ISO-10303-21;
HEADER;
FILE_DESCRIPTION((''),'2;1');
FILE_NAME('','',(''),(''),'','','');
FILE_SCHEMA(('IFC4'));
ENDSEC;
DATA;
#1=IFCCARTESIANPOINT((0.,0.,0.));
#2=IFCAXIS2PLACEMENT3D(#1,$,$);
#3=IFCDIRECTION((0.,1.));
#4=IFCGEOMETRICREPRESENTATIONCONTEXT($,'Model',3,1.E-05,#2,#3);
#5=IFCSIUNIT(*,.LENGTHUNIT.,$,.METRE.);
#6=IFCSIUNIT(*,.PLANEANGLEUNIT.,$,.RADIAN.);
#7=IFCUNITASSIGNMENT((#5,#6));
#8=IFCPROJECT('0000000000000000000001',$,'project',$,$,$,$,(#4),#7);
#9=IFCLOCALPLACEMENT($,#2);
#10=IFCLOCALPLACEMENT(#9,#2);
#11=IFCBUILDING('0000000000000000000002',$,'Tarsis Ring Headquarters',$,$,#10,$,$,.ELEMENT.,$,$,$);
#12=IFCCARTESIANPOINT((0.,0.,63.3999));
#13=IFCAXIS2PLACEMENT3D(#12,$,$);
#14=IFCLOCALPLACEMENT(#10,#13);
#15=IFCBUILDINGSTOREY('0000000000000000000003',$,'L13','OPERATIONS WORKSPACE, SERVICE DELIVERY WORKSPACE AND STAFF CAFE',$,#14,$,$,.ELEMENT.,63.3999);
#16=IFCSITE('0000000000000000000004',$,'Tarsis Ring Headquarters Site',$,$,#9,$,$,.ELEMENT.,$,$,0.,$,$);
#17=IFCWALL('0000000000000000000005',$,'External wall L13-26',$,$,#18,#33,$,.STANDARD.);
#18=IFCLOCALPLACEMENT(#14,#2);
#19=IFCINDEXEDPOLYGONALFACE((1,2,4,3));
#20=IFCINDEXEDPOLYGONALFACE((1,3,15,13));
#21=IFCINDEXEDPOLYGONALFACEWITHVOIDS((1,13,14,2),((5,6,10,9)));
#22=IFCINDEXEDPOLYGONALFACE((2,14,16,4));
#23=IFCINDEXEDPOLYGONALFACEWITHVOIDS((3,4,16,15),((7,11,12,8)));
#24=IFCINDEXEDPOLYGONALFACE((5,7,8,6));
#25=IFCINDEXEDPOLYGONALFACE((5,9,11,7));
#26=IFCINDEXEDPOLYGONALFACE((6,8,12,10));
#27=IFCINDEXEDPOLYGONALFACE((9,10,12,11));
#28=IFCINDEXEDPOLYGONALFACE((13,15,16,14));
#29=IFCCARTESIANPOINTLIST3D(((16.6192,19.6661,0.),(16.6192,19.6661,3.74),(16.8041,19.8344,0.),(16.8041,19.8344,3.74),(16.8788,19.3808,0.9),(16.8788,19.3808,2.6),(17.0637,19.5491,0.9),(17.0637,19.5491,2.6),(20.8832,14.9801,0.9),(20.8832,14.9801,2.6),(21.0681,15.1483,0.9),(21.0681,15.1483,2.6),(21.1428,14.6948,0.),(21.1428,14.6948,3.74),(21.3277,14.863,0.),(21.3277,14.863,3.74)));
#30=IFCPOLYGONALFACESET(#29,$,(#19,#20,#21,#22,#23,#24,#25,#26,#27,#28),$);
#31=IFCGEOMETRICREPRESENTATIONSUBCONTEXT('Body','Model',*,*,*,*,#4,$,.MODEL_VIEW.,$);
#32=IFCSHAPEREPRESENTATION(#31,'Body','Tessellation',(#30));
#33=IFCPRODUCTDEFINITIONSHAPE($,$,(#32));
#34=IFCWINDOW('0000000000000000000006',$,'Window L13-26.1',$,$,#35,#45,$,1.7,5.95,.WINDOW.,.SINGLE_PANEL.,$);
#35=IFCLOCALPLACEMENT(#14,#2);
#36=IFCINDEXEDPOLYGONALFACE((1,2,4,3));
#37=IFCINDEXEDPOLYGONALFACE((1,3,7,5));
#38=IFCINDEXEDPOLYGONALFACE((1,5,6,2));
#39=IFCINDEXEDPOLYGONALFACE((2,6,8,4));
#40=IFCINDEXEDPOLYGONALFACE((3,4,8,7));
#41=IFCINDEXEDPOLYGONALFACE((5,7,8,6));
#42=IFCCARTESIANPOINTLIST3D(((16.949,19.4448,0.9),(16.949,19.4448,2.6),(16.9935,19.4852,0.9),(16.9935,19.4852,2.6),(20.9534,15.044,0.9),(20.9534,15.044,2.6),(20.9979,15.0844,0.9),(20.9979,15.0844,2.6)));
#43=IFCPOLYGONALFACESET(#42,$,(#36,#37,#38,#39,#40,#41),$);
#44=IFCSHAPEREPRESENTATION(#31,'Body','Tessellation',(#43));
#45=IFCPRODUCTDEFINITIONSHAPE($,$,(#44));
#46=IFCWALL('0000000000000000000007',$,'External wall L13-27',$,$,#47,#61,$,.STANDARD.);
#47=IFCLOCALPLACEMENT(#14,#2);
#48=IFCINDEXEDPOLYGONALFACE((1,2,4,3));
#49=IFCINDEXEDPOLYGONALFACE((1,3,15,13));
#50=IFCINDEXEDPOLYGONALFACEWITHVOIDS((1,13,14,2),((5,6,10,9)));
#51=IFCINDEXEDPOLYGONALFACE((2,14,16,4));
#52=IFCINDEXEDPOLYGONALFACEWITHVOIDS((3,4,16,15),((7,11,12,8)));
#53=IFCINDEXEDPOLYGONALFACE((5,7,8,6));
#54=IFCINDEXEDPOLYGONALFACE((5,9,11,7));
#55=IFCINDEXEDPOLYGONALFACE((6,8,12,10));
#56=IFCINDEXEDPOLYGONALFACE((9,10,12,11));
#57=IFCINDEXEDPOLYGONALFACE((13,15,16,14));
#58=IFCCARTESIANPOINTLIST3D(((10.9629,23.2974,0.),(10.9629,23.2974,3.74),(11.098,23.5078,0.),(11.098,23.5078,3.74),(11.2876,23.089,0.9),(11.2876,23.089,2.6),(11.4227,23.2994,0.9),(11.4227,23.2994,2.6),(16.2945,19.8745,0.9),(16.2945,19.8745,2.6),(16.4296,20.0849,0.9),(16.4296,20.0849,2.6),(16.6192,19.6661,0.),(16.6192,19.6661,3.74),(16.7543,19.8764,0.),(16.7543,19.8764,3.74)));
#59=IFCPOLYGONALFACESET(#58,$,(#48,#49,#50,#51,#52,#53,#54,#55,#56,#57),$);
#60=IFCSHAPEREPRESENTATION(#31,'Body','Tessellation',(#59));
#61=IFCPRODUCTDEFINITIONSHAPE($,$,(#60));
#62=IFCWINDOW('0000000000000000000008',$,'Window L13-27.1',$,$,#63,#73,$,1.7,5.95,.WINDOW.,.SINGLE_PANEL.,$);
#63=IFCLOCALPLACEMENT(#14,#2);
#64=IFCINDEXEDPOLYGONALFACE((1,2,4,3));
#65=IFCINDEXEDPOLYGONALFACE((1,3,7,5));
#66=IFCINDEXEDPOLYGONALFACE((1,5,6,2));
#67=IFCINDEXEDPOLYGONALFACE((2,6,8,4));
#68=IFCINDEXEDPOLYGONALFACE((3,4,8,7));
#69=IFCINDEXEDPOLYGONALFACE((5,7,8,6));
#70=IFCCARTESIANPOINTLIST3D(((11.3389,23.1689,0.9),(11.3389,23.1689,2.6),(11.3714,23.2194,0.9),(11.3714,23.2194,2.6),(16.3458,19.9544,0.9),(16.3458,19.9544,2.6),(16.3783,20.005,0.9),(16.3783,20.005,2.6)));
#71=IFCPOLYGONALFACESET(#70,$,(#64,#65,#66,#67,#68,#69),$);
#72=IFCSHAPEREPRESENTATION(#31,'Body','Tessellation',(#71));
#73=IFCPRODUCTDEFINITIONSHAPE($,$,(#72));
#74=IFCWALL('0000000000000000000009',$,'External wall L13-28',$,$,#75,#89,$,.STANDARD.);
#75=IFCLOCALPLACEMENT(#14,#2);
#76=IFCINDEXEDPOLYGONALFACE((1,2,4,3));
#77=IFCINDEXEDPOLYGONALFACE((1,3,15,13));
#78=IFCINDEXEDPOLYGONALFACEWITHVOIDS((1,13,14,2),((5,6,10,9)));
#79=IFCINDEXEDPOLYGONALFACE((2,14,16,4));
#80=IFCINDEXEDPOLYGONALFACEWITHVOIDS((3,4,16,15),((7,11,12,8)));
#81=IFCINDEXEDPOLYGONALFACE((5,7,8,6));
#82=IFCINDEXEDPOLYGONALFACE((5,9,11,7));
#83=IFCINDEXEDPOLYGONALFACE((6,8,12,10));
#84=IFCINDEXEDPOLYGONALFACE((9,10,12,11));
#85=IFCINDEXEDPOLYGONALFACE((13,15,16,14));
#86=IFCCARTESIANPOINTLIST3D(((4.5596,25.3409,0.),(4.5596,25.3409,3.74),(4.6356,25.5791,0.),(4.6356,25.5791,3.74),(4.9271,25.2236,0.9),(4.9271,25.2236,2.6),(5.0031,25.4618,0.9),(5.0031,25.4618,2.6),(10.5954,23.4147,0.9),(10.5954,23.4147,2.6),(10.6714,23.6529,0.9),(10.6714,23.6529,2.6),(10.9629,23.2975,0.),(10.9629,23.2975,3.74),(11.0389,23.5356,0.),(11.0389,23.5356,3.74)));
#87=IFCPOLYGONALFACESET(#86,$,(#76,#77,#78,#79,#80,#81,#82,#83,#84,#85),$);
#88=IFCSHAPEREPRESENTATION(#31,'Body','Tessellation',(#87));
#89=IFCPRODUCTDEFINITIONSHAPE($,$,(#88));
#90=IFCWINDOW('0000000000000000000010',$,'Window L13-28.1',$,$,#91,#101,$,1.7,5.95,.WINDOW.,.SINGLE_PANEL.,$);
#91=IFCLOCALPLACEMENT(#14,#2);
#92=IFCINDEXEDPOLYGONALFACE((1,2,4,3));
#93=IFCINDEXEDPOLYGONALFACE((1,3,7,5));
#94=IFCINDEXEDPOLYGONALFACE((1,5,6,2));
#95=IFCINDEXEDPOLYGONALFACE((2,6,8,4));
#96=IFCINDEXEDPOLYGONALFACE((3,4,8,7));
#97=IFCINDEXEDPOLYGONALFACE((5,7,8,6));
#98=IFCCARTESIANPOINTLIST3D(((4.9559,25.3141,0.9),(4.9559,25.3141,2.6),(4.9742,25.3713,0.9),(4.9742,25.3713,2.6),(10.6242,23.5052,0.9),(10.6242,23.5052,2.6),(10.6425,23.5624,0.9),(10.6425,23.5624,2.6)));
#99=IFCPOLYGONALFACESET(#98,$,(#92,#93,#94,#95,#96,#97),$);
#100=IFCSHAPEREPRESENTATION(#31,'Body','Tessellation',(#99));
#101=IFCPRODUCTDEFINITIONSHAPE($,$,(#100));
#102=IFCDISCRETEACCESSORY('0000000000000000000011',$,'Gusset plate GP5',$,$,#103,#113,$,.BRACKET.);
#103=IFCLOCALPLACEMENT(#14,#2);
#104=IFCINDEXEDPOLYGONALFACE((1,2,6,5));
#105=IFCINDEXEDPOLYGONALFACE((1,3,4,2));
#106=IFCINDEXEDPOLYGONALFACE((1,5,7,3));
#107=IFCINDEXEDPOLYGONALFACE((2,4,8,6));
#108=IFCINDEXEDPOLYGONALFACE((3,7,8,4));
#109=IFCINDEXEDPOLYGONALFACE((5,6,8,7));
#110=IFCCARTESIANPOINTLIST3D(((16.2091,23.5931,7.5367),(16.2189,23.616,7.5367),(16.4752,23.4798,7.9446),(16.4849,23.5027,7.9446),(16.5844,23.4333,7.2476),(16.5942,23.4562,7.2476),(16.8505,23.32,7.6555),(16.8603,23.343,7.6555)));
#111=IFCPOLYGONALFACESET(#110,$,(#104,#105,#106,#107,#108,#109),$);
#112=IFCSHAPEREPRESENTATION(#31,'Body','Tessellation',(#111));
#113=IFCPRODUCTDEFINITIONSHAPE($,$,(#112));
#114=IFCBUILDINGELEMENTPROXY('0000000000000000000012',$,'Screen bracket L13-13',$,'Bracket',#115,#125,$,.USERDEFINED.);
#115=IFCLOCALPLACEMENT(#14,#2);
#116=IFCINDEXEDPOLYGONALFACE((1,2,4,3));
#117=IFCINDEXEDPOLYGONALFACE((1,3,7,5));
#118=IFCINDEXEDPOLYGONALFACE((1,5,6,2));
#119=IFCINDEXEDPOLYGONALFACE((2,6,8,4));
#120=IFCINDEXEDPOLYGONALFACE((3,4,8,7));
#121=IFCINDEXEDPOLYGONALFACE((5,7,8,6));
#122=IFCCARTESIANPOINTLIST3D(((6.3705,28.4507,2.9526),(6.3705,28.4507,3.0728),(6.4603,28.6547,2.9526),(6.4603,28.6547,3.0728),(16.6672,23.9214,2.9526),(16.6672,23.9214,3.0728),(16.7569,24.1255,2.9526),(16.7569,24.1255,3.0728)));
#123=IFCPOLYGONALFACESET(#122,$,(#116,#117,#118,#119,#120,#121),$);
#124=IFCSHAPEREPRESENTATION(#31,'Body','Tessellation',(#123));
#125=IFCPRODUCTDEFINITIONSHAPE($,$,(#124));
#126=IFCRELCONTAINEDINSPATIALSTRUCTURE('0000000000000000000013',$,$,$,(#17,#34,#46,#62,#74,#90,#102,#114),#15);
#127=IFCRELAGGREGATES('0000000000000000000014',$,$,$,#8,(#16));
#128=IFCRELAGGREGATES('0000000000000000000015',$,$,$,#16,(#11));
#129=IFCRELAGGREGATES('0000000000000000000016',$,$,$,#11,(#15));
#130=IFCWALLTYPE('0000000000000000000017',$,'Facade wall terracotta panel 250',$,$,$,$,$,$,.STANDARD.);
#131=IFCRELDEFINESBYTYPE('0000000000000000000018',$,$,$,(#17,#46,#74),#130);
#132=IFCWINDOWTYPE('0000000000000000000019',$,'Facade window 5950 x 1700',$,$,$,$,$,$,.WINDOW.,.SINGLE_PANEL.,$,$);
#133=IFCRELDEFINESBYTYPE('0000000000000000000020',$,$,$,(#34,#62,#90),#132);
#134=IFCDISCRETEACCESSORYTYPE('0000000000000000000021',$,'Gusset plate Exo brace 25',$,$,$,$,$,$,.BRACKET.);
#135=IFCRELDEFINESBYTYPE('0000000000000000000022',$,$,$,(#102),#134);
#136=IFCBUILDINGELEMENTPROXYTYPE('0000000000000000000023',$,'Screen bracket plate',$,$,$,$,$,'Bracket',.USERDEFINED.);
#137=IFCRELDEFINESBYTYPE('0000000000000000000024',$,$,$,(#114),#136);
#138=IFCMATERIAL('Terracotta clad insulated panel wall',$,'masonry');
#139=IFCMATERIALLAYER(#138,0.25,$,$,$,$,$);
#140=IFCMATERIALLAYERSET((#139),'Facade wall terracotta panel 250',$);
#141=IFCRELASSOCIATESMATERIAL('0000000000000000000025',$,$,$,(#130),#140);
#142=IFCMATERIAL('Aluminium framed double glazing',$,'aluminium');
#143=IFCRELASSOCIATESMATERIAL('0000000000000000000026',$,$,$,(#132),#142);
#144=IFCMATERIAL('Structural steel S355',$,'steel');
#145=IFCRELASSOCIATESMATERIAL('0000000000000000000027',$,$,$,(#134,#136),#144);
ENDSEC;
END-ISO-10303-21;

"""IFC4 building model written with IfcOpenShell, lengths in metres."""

from ifc_helpers import new_model, si_unit, direction, frame, frame_2d, origin, origin_2d, place, context, subcontext, project, spatial, rectangle, extrude, material, layer, layer_set, material_profile, profile_set, type_object, element, fill, save


model = new_model("IFC4")

# Units and contexts
model_context = context("Model", 3, precision=1e-05, world=origin(), true_north=direction((0.0, 1.0)))
body_context = subcontext(model_context, "Body", "Model", "MODEL_VIEW")
ifc_project = project(units=[si_unit("LENGTHUNIT", "METRE"), si_unit("PLANEANGLEUNIT", "RADIAN")], contexts=[model_context])

# Site, building, storey
site_placement = place(None, origin())
site = spatial("IfcSite", under=ifc_project, at=site_placement, Name="Tarsis Ring Headquarters Site", CompositionType="ELEMENT", RefElevation=0.0)
building_placement = place(site_placement, origin())
building = spatial("IfcBuilding", under=site, at=building_placement, Name="Tarsis Ring Headquarters", CompositionType="ELEMENT")
storey_placement = place(building_placement, frame((0.0, 0.0, 63.3999)))
storey = spatial("IfcBuildingStorey", under=building, at=storey_placement, Name="L13", Description="OPERATIONS WORKSPACE, SERVICE DELIVERY WORKSPACE AND STAFF CAFE", CompositionType="ELEMENT", Elevation=63.3999)

# Shared definitions
ifc_material_1 = material(Name="Structural steel S355", Category="steel")

# Walls, openings, windows
ifc_material_2 = material(Name="Terracotta clad insulated panel wall", Category="masonry")
ifc_layer_1 = layer(ifc_material_2, 0.25)
ifc_layer_set_1 = layer_set([ifc_layer_1], Name="Facade wall terracotta panel 250")
wall_type_1 = type_object("IfcWallType", Name="Facade wall terracotta panel 250", PredefinedType="STANDARD", material=ifc_layer_set_1)
wall_1_placement = place(storey_placement, frame((21.2354, 14.7788, 0.0), z_axis=(0.0, 0.0, 1.0), x_axis=(-0.673014, 0.739629, 0.0)))
wall_1 = element("IfcWall", 1, at=wall_1_placement, inside=storey, type_object=wall_type_1, Name="External wall L13-26", PredefinedType="STANDARD", context=body_context, shape_type="SweptSolid", body=[
    extrude(rectangle(XDim=6.7214, YDim=0.25, at=frame_2d((3.3608, 0.0))), origin(), (0.0, 0.0, 1.0), 3.74),
])
opening_1_placement = place(wall_1_placement, frame((0.3857, 0.0, 0.8999)))
opening_1 = element("IfcOpeningElement", 2, at=opening_1_placement, cuts=wall_1, PredefinedType="OPENING", context=body_context, shape_type="SweptSolid", body=[
    extrude(rectangle(XDim=5.95, YDim=1.7, at=frame_2d((2.9751, 0.8501))), frame((0.0, 0.135, 0.0), z_axis=(0.0, -1.0, 0.0), x_axis=(1.0, 0.0, 0.0)), (0.0, 0.0, 1.0), 0.27),
])
ifc_material_3 = material(Name="Aluminium framed double glazing", Category="aluminium")
window_type = type_object("IfcWindowType", Name="Facade window 5950 x 1700", PartitioningType="SINGLE_PANEL", PredefinedType="WINDOW", material=ifc_material_3)
window_1_placement = place(opening_1_placement, origin())
window_1 = element("IfcWindow", 3, at=window_1_placement, inside=storey, type_object=window_type, Name="Window L13-26.1", OverallHeight=1.7, OverallWidth=5.95, PartitioningType="SINGLE_PANEL", PredefinedType="WINDOW", context=body_context, shape_type="SweptSolid", body=[
    extrude(rectangle(XDim=5.95, YDim=1.7, at=frame_2d((2.9751, 0.8501))), frame((0.0, 0.03, 0.0), z_axis=(0.0, -1.0, 0.0), x_axis=(1.0, 0.0, 0.0)), (0.0, 0.0, 1.0), 0.0601),
])
fill(opening_1, window_1)
wall_2_placement = place(storey_placement, frame((16.6868, 19.7712, 0.0), z_axis=(0.0, 0.0, 1.0), x_axis=(-0.841504, 0.540251, 0.0)))
wall_2 = element("IfcWall", 4, at=wall_2_placement, inside=storey, type_object=wall_type_1, Name="External wall L13-27", PredefinedType="STANDARD", context=body_context, shape_type="SweptSolid", body=[
    extrude(rectangle(XDim=6.7217, YDim=0.25, at=frame_2d((3.3608, 0.0))), origin(), (0.0, 0.0, 1.0), 3.74),
])
opening_2_placement = place(wall_2_placement, frame((0.3857, 0.0, 0.8999)))
opening_2 = element("IfcOpeningElement", 5, at=opening_2_placement, cuts=wall_2, PredefinedType="OPENING", context=body_context, shape_type="SweptSolid", body=[
    extrude(rectangle(XDim=5.95, YDim=1.7, at=frame_2d((2.9751, 0.8501))), frame((0.0, 0.135, 0.0), z_axis=(0.0, -1.0, 0.0), x_axis=(1.0, 0.0, 0.0)), (0.0, 0.0, 1.0), 0.27),
])
window_2_placement = place(opening_2_placement, origin())
window_2 = element("IfcWindow", 6, at=window_2_placement, inside=storey, type_object=window_type, Name="Window L13-27.1", OverallHeight=1.7, OverallWidth=5.95, PartitioningType="SINGLE_PANEL", PredefinedType="WINDOW", context=body_context, shape_type="SweptSolid", body=[
    extrude(rectangle(XDim=5.95, YDim=1.7, at=frame_2d((2.9751, 0.8501))), frame((0.0, 0.03, 0.0), z_axis=(0.0, -1.0, 0.0), x_axis=(1.0, 0.0, 0.0)), (0.0, 0.0, 1.0), 0.0601),
])
fill(opening_2, window_2)
wall_3_placement = place(storey_placement, frame((11.001, 23.4165, 0.0), z_axis=(0.0, 0.0, 1.0), x_axis=(-0.952666, 0.304019, 0.0)))
wall_3 = element("IfcWall", 7, at=wall_3_placement, inside=storey, type_object=wall_type_1, Name="External wall L13-28", PredefinedType="STANDARD", context=body_context, shape_type="SweptSolid", body=[
    extrude(rectangle(XDim=6.7214, YDim=0.25, at=frame_2d((3.3608, 0.0))), origin(), (0.0, 0.0, 1.0), 3.74),
])
opening_3_placement = place(wall_3_placement, frame((0.3857, 0.0, 0.8999)))
opening_3 = element("IfcOpeningElement", 8, at=opening_3_placement, cuts=wall_3, PredefinedType="OPENING", context=body_context, shape_type="SweptSolid", body=[
    extrude(rectangle(XDim=5.95, YDim=1.7, at=frame_2d((2.9751, 0.8501))), frame((0.0, 0.135, 0.0), z_axis=(0.0, -1.0, 0.0), x_axis=(1.0, 0.0, 0.0)), (0.0, 0.0, 1.0), 0.27),
])
window_3_placement = place(opening_3_placement, origin())
window_3 = element("IfcWindow", 9, at=window_3_placement, inside=storey, type_object=window_type, Name="Window L13-28.1", OverallHeight=1.7, OverallWidth=5.95, PartitioningType="SINGLE_PANEL", PredefinedType="WINDOW", context=body_context, shape_type="SweptSolid", body=[
    extrude(rectangle(XDim=5.95, YDim=1.7, at=frame_2d((2.9751, 0.8501))), frame((0.0, 0.03, 0.0), z_axis=(0.0, -1.0, 0.0), x_axis=(1.0, 0.0, 0.0)), (0.0, 0.0, 1.0), 0.0601),
])
fill(opening_3, window_3)

# Discrete accessory
ifc_material_profile_1 = material_profile(ifc_material_1, rectangle(XDim=0.0249, YDim=0.5, at=origin_2d()), Name="PL 25x500")
ifc_profile_set_1 = profile_set([ifc_material_profile_1], Name="Structural steel S355")
discrete_accessory_type = type_object("IfcDiscreteAccessoryType", Name="Gusset plate Exo brace 25", PredefinedType="BRACKET", material=ifc_profile_set_1)
discrete_accessory_placement = place(storey_placement, frame((16.6677, 23.4114, 7.8), z_axis=(-0.532142, 0.226527, -0.815788), x_axis=(-0.391677, -0.920103, 0.0)))
element("IfcDiscreteAccessory", 10, at=discrete_accessory_placement, inside=storey, type_object=discrete_accessory_type, Name="Gusset plate GP5", PredefinedType="BRACKET", context=body_context, shape_type="SweptSolid", body=[
    extrude(rectangle(XDim=0.0249, YDim=0.5, at=origin_2d()), origin(), (0.0, 0.0, 1.0), 0.5),
])

# Building element proxy
building_element_proxy_type = type_object("IfcBuildingElementProxyType", Name="Screen bracket plate", ElementType="Bracket", PredefinedType="USERDEFINED", material=ifc_material_1)
proxy_placement = place(storey_placement, frame((11.5637, 26.2881, 2.9526), z_axis=(0.0, 0.0, 1.0), x_axis=(-0.915355, 0.402647, 0.0)))
element("IfcBuildingElementProxy", 11, at=proxy_placement, inside=storey, type_object=building_element_proxy_type, Name="Screen bracket L13-13", ObjectType="Bracket", PredefinedType="USERDEFINED", context=body_context, shape_type="SweptSolid", body=[
    extrude(rectangle(XDim=11.2488, YDim=0.2229, at=origin_2d()), origin(), (0.0, 0.0, 1.0), 0.1201),
])

save(model, "model.ifc")
